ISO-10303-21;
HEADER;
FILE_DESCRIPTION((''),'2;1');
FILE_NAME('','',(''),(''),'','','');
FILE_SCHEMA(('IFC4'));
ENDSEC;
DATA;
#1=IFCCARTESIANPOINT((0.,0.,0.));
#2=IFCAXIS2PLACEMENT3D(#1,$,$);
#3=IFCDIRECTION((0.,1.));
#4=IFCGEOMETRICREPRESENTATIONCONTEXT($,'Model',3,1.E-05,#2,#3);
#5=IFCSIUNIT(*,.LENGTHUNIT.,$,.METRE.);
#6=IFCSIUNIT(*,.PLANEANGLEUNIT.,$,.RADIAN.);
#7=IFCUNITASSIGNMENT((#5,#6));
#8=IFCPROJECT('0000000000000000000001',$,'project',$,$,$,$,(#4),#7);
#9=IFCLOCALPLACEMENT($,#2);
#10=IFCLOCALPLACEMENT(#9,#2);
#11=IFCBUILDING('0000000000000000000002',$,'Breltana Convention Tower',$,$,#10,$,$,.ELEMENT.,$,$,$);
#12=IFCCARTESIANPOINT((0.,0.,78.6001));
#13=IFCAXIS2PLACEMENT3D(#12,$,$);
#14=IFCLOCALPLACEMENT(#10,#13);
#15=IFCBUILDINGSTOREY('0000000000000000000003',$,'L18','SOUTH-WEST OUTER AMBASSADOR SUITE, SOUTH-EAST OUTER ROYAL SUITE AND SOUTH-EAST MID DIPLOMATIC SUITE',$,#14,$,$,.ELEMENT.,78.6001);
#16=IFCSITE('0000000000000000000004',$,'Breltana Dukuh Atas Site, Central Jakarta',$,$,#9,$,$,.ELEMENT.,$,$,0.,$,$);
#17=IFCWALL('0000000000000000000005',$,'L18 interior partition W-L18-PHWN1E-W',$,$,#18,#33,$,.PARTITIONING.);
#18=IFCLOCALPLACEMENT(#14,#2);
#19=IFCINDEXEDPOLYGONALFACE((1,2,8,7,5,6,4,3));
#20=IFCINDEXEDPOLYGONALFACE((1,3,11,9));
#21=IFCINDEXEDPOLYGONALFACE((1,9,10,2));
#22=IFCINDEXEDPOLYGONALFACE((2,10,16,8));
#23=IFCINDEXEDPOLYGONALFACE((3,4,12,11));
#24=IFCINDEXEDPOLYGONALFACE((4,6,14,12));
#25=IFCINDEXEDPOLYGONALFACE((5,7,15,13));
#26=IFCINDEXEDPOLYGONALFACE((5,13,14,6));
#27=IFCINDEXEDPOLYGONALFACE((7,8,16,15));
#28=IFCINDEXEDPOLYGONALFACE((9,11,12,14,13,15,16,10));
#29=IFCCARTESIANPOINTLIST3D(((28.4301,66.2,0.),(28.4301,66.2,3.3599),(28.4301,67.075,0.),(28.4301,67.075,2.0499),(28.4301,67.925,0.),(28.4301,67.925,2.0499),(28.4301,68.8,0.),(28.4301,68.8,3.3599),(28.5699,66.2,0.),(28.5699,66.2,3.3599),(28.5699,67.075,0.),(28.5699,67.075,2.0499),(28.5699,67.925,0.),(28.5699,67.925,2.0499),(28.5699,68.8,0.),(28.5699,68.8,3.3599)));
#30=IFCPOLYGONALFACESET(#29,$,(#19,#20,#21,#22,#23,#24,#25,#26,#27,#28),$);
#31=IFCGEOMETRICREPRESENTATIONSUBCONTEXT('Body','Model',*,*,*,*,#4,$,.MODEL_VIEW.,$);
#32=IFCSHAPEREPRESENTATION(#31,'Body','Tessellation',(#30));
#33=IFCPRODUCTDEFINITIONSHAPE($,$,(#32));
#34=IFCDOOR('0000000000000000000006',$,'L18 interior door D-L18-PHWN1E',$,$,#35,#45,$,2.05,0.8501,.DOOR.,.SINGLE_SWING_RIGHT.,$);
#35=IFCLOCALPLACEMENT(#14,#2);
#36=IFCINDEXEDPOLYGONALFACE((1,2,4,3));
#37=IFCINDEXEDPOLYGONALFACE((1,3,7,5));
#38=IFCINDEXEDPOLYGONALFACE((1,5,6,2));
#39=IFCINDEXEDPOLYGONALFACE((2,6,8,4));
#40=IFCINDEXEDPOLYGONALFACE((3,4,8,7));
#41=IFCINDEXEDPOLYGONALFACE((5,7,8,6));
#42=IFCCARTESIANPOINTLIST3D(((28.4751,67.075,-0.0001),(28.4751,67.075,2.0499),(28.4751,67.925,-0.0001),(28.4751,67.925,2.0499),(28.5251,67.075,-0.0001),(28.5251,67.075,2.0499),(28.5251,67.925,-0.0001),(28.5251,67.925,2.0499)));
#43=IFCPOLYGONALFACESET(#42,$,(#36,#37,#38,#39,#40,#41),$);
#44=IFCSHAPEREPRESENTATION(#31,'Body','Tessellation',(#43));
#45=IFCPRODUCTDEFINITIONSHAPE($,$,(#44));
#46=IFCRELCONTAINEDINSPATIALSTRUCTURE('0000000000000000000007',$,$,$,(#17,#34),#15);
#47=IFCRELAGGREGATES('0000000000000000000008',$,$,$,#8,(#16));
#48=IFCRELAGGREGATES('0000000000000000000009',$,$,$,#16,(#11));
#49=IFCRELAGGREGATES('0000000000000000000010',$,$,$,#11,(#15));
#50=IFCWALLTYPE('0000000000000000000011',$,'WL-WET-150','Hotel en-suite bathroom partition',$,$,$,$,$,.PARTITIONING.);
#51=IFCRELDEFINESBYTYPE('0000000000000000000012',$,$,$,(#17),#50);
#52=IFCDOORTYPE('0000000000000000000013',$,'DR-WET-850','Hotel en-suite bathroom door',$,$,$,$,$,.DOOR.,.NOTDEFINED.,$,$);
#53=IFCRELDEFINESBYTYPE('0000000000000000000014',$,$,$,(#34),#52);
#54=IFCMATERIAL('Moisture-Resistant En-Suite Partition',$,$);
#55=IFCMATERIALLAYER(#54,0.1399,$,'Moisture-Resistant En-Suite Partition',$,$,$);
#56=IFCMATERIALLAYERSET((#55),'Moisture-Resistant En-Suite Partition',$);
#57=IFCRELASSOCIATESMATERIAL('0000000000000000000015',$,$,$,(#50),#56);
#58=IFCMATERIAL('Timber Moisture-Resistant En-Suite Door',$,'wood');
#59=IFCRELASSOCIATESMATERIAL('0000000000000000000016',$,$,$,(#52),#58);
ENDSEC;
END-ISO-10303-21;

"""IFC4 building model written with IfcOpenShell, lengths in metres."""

from ifc_helpers import new_model, si_unit, direction, frame, frame_2d, origin, place, context, subcontext, project, spatial, rectangle, extrude, source, transform, mapped, material, layer, layer_set, type_object, type_shapes, element, fill, save


model = new_model("IFC4")

# Units and contexts
model_context = context("Model", 3, precision=1e-05, world=origin(), true_north=direction((0.0, 1.0)))
body_context = subcontext(model_context, "Body", "Model", "MODEL_VIEW")
ifc_project = project(units=[si_unit("LENGTHUNIT", "METRE"), si_unit("PLANEANGLEUNIT", "RADIAN")], contexts=[model_context])

# Site, building, storey
site_placement = place(None, origin())
site = spatial("IfcSite", under=ifc_project, at=site_placement, Name="Breltana Dukuh Atas Site, Central Jakarta", CompositionType="ELEMENT", RefElevation=0.0)
building_placement = place(site_placement, origin())
building = spatial("IfcBuilding", under=site, at=building_placement, Name="Breltana Convention Tower", CompositionType="ELEMENT")
storey_placement = place(building_placement, frame((0.0, 0.0, 78.6001)))
storey = spatial("IfcBuildingStorey", under=building, at=storey_placement, Name="L18", Description="SOUTH-WEST OUTER AMBASSADOR SUITE, SOUTH-EAST OUTER ROYAL SUITE AND SOUTH-EAST MID DIPLOMATIC SUITE", CompositionType="ELEMENT", Elevation=78.6001)

# Shared definitions
ifc_material_1 = material(Name="Moisture-Resistant En-Suite Partition")
ifc_layer_1 = layer(ifc_material_1, 0.1399, Name="Moisture-Resistant En-Suite Partition")
ifc_layer_set_1 = layer_set([ifc_layer_1], Name="Moisture-Resistant En-Suite Partition")
wall_type_1 = type_object("IfcWallType", Name="WL-WET-150", Description="Hotel en-suite bathroom partition", PredefinedType="PARTITIONING", material=ifc_layer_set_1)

# Wall, opening, door
shared_shape_1 = source(origin(), body_context, "Body", "SweptSolid", [
    extrude(rectangle(XDim=2.6001, YDim=0.1399, at=frame_2d((1.3, 0.0))), origin(), (0.0, 0.0, 1.0), 3.3599),
])
wall_1_placement = place(storey_placement, frame((28.5, 66.2, 0.0), z_axis=(0.0, 0.0, 1.0), x_axis=(0.0, 1.0, 0.0)))
wall_1 = element("IfcWall", 1, at=wall_1_placement, inside=storey, type_object=wall_type_1, Name="L18 interior partition W-L18-PHWN1E-W", PredefinedType="PARTITIONING", context=body_context, shape_type="MappedRepresentation", body=[
    mapped(shared_shape_1, transform((0.0, 0.0, 0.0), scale=1.0)),
])
opening_1_placement = place(wall_1_placement, frame((0.875, 0.0, 0.0)))
opening_1 = element("IfcOpeningElement", 2, at=opening_1_placement, cuts=wall_1, PredefinedType="OPENING", context=body_context, shape_type="SweptSolid", body=[
    extrude(rectangle(XDim=0.8501, YDim=2.05, at=frame_2d((0.425, 1.0249))), frame((0.0, 0.0801, 0.0), z_axis=(0.0, -1.0, 0.0), x_axis=(1.0, 0.0, 0.0)), (0.0, 0.0, 1.0), 0.1599),
])
ifc_material_2 = material(Name="Timber Moisture-Resistant En-Suite Door", Category="wood")
door_type_1 = type_object("IfcDoorType", Name="DR-WET-850", Description="Hotel en-suite bathroom door", OperationType="NOTDEFINED", PredefinedType="DOOR", material=ifc_material_2)
shared_shape_2 = source(origin(), body_context, "Body", "SweptSolid", [
    extrude(rectangle(XDim=0.8501, YDim=2.05, at=frame_2d((0.425, 1.0249))), frame((0.0, 0.0249, 0.0), z_axis=(0.0, -1.0, 0.0), x_axis=(1.0, 0.0, 0.0)), (0.0, 0.0, 1.0), 0.05),
])
type_shapes(door_type_1, [shared_shape_2])
door_1_placement = place(opening_1_placement, origin())
door_1 = element("IfcDoor", 3, at=door_1_placement, inside=storey, type_object=door_type_1, Name="L18 interior door D-L18-PHWN1E", OperationType="SINGLE_SWING_RIGHT", OverallHeight=2.05, OverallWidth=0.8501, PredefinedType="DOOR", context=body_context, shape_type="MappedRepresentation", body=[
    mapped(shared_shape_2, transform((0.0, 0.0, 0.0), scale=1.0)),
])
fill(opening_1, door_1)

save(model, "model.ifc")
